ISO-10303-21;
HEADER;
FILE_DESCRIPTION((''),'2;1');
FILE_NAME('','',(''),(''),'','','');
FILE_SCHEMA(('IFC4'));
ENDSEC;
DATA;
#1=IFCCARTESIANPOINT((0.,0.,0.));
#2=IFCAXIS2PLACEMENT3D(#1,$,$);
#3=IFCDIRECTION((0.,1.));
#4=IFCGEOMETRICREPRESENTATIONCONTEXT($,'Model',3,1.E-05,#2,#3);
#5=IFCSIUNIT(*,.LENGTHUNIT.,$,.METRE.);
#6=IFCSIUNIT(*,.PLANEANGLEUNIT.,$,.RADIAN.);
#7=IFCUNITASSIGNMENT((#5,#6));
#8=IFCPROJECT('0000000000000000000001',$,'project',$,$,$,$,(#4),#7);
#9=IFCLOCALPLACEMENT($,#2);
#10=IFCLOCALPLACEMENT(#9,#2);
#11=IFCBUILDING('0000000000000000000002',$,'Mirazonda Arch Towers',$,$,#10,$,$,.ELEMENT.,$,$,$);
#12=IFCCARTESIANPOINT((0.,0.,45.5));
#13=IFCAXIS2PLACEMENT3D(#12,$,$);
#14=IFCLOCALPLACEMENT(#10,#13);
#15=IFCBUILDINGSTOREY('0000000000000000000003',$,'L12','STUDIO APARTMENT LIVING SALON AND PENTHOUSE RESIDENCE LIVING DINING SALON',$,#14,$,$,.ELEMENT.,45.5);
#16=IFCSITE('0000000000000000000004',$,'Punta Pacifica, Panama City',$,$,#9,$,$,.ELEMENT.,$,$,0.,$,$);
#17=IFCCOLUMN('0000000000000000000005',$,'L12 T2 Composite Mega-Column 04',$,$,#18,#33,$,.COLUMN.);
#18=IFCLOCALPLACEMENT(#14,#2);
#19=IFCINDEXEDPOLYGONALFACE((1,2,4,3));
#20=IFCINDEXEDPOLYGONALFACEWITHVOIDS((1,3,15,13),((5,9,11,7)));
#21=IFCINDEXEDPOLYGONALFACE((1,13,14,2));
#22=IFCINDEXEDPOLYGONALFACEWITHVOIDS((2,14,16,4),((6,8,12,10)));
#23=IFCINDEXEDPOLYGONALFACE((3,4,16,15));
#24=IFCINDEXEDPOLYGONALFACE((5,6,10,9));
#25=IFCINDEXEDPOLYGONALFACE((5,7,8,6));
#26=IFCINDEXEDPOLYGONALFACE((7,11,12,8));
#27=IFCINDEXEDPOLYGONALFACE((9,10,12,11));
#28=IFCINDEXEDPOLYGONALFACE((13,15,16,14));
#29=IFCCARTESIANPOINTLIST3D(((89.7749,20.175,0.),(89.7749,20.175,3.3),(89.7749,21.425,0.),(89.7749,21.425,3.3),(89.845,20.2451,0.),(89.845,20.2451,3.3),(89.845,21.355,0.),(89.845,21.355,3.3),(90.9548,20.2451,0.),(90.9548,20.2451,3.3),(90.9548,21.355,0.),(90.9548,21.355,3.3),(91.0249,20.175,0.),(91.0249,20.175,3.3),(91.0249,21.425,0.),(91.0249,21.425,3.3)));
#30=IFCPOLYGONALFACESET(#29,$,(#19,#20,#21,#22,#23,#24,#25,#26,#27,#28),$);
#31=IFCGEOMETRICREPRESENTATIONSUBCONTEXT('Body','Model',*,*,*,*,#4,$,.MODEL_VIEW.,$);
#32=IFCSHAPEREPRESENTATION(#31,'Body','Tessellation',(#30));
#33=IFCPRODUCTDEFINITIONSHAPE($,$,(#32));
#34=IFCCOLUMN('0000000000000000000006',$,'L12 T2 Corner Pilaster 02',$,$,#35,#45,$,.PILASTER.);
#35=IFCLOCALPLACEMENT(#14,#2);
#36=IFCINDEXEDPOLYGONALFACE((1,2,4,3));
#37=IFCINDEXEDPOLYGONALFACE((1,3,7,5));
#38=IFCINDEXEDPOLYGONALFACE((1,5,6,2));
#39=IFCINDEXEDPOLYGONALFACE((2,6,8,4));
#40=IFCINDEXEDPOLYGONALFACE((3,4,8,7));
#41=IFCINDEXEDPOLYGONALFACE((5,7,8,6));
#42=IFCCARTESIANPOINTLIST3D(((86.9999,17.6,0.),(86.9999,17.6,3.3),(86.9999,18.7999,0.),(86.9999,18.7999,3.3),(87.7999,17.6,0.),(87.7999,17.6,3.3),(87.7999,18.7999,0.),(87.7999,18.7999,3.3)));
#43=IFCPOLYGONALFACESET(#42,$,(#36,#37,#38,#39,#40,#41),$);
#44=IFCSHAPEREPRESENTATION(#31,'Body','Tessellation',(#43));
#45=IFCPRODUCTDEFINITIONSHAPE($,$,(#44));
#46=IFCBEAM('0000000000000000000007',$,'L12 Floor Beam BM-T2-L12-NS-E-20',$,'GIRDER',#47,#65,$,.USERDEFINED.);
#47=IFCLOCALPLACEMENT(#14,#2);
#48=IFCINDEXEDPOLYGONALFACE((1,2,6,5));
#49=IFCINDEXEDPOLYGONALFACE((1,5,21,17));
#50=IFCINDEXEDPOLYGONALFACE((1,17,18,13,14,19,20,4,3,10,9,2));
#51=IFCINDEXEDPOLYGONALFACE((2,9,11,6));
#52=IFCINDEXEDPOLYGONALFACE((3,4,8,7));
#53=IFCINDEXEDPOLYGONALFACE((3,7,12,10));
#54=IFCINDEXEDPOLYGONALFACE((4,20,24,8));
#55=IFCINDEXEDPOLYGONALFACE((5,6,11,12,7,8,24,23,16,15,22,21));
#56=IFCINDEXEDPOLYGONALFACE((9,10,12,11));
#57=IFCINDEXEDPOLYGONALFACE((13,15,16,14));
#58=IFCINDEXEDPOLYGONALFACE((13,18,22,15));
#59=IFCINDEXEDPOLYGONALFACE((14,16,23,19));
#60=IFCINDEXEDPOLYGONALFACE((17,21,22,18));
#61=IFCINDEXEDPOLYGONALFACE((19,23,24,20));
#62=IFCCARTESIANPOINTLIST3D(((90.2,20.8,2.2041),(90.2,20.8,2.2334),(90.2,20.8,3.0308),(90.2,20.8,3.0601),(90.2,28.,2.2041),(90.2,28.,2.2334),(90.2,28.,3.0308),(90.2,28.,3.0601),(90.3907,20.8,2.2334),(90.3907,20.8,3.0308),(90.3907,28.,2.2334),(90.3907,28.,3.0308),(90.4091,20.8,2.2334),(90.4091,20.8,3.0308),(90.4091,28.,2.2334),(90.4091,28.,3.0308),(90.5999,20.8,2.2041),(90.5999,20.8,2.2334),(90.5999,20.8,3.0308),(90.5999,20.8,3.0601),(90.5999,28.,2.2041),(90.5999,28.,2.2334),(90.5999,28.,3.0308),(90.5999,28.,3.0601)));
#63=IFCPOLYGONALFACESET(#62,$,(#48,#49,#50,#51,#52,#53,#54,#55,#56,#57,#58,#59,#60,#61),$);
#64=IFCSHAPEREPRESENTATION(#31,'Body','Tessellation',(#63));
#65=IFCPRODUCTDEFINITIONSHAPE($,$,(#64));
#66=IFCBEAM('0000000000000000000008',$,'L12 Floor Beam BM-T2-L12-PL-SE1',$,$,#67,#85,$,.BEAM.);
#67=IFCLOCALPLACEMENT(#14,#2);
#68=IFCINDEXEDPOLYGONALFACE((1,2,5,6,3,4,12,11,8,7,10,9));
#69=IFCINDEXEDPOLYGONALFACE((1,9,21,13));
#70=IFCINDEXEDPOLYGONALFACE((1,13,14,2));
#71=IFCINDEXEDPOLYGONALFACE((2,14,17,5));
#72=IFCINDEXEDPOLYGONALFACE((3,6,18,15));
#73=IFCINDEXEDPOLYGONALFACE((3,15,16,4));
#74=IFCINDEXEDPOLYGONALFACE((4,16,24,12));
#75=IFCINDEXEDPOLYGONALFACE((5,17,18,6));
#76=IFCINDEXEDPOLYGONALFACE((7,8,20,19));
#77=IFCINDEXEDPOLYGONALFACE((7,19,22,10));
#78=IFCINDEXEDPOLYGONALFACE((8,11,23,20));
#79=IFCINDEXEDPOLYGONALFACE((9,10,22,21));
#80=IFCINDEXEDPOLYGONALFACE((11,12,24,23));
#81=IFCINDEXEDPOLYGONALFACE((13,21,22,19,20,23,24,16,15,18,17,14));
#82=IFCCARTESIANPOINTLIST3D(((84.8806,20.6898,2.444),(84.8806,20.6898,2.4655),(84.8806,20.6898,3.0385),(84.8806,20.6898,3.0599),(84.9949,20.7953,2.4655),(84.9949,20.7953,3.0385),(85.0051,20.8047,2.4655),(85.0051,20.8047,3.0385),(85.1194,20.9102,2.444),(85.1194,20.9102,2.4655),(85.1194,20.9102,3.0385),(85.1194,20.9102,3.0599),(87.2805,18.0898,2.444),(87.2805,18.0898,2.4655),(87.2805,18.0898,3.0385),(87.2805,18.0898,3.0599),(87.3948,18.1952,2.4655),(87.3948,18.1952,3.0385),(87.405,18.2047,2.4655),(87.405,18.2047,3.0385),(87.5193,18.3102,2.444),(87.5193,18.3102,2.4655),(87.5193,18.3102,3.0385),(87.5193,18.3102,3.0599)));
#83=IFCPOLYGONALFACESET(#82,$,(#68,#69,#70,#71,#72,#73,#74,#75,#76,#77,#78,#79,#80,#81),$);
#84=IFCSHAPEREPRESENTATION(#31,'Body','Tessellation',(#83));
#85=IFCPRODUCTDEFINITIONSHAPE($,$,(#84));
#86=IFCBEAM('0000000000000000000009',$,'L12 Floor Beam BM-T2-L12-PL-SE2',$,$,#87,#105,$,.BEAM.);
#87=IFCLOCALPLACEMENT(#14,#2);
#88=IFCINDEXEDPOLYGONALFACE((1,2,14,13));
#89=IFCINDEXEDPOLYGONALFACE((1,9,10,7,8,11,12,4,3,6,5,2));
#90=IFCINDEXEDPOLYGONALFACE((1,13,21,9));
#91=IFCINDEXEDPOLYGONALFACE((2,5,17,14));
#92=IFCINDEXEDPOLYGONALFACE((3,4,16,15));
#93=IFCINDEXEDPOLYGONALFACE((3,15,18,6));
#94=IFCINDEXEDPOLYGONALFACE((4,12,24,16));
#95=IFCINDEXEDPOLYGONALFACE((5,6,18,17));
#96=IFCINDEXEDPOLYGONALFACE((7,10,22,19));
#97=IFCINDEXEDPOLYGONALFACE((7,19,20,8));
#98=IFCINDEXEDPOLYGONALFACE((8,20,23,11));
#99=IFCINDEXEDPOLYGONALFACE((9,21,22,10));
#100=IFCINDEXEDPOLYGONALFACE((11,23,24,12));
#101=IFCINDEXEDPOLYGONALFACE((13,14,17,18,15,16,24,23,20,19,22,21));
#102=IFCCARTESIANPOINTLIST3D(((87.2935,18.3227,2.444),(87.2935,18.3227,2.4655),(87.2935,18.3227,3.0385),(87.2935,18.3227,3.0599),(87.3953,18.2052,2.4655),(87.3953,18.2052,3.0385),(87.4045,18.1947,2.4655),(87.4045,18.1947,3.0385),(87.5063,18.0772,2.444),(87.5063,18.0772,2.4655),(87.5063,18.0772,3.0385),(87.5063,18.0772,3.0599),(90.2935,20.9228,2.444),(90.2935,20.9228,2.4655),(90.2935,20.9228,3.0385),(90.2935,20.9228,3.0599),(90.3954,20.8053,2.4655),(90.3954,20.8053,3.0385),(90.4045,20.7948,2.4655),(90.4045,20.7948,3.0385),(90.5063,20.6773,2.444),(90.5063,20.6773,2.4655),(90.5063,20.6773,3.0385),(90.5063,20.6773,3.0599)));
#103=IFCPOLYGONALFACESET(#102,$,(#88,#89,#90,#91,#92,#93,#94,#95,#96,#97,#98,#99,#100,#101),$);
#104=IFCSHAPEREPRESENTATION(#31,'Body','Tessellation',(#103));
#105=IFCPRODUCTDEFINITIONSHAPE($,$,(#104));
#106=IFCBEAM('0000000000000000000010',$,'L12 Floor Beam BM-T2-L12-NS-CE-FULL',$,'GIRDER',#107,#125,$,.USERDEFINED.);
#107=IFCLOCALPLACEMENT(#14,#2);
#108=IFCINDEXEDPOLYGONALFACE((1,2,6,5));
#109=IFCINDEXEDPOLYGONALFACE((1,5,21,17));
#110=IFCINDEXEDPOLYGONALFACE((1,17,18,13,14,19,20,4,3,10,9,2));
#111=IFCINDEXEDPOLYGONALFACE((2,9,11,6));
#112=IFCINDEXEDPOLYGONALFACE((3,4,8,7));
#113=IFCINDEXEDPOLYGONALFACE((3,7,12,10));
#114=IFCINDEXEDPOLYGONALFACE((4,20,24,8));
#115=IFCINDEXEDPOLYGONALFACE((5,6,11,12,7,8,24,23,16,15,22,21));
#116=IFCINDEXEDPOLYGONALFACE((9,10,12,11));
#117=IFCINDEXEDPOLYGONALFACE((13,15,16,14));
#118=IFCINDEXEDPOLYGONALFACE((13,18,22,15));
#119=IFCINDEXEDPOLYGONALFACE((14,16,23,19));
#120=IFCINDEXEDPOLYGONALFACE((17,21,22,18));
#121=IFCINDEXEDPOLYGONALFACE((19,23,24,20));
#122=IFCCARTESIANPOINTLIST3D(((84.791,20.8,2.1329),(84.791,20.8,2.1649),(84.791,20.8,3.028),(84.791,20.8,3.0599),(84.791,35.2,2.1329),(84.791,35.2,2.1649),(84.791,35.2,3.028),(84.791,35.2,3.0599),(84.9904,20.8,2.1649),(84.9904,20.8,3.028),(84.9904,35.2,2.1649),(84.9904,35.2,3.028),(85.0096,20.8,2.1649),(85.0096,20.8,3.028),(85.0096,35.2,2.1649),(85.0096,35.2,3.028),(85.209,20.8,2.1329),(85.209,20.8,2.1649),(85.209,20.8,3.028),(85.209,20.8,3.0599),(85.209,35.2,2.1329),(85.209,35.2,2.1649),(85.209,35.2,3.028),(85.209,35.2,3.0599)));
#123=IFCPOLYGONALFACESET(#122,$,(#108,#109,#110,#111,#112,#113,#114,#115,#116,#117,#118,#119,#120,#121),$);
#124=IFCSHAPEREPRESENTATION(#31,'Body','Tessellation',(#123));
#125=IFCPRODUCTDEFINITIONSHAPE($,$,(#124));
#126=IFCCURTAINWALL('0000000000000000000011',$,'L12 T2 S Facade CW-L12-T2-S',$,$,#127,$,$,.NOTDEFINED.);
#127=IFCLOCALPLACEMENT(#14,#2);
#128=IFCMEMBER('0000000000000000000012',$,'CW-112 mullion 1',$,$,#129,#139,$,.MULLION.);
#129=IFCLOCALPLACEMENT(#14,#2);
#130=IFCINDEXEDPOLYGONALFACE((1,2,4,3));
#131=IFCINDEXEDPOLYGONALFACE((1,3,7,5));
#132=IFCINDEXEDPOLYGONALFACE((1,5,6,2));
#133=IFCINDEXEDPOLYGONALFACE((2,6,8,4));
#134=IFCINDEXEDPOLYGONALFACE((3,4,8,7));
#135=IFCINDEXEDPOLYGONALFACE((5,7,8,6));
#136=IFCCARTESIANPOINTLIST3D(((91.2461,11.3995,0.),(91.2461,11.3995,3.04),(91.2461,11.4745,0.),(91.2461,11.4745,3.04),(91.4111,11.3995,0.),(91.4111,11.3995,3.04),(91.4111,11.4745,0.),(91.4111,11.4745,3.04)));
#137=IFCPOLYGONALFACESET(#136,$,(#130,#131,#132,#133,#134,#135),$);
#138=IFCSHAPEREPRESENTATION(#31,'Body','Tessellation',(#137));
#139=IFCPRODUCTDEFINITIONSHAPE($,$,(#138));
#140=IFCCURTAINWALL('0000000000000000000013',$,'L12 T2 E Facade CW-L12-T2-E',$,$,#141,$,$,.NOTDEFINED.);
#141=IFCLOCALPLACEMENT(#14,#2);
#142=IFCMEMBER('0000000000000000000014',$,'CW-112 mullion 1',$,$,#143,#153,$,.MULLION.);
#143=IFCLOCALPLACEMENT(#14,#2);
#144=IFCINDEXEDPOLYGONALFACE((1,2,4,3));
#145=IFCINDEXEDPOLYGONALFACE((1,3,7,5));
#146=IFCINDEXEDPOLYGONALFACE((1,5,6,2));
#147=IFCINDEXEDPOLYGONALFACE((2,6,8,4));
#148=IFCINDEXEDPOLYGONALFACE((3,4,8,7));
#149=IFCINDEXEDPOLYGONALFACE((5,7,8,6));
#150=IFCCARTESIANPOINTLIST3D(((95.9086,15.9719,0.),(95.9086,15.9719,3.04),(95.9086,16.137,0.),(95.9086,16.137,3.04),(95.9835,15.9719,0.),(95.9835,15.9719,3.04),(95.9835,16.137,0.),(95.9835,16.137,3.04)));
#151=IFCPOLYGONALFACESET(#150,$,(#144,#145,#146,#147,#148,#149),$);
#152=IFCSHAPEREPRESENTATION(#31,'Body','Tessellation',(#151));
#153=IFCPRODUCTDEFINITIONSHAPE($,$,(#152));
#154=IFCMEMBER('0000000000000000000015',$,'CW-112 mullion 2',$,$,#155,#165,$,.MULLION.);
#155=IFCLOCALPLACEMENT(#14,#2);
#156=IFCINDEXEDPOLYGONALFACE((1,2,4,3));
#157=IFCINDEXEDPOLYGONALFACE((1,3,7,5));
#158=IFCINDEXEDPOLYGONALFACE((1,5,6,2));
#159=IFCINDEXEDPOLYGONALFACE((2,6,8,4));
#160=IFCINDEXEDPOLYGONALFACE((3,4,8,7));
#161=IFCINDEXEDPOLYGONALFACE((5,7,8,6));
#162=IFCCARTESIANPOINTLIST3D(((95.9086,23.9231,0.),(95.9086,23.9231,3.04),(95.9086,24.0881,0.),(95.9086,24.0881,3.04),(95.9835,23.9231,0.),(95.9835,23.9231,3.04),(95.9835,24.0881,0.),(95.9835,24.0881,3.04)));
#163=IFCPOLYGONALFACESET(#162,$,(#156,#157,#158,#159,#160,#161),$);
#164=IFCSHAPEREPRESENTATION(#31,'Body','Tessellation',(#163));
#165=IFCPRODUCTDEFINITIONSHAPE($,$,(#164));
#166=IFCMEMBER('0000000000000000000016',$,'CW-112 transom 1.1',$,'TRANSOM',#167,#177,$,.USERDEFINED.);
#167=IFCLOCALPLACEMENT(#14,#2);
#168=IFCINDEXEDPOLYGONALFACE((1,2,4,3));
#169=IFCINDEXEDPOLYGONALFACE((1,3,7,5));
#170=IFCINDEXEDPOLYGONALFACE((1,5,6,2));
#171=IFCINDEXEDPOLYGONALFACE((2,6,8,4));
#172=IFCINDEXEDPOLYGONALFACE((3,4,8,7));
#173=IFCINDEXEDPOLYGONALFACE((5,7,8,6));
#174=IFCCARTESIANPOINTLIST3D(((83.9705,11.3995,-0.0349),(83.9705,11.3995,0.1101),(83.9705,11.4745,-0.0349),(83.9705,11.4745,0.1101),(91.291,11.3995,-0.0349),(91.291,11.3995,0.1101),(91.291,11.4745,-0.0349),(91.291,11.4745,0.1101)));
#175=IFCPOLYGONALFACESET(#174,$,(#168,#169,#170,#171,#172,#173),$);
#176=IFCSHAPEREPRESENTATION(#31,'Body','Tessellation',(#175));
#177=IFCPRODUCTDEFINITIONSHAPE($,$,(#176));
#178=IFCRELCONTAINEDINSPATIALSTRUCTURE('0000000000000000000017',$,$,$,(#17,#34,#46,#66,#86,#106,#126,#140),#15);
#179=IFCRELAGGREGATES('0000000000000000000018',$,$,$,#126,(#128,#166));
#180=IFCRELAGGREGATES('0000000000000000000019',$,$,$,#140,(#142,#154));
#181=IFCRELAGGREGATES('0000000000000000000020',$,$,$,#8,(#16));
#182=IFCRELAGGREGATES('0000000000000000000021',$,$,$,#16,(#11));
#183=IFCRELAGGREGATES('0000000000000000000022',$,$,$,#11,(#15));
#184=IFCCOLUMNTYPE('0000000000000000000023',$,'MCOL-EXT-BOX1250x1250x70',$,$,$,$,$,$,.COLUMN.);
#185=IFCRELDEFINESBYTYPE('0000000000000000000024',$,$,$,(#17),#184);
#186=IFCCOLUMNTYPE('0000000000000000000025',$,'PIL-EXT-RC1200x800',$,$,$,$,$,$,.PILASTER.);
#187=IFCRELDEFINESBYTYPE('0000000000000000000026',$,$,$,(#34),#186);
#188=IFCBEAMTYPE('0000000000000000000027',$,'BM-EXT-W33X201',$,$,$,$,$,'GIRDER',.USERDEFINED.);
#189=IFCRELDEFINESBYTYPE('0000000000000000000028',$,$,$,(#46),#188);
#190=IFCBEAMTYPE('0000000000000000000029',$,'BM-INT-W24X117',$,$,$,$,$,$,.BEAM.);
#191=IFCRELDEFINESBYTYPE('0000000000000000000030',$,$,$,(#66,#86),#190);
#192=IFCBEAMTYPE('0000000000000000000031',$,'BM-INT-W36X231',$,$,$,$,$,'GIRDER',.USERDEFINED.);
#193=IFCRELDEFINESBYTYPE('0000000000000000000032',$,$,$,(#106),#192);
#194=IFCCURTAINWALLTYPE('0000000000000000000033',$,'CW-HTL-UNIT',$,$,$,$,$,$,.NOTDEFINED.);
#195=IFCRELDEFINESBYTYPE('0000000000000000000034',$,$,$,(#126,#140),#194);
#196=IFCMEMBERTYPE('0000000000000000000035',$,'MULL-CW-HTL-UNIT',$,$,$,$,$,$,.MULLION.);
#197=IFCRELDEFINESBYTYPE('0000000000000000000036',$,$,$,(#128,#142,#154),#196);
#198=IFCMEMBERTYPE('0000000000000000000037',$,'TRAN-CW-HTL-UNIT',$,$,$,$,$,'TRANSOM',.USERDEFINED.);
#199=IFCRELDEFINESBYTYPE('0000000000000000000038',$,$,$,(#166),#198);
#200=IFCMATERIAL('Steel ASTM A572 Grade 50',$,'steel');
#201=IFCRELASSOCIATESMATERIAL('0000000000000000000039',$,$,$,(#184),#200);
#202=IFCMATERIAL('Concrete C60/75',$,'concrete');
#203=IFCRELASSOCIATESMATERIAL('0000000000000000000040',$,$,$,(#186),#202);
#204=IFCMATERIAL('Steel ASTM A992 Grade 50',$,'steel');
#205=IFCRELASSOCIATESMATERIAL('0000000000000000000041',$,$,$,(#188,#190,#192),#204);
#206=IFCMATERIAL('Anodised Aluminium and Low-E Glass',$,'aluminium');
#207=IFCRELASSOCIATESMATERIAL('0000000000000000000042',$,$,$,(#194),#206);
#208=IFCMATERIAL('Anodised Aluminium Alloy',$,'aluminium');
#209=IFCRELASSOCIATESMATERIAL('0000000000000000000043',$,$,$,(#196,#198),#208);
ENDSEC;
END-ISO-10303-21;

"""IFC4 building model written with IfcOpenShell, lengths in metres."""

from ifc_helpers import new_model, si_unit, direction, frame, origin, origin_2d, place, context, subcontext, project, spatial, rectangle, hollow_rectangle, i_section, extrude, material, material_profile, profile_set, type_object, element, aggregate, save


model = new_model("IFC4")

# Units and contexts
model_context = context("Model", 3, precision=1e-05, world=origin(), true_north=direction((0.0, 1.0)))
body_context = subcontext(model_context, "Body", "Model", "MODEL_VIEW")
ifc_project = project(units=[si_unit("LENGTHUNIT", "METRE"), si_unit("PLANEANGLEUNIT", "RADIAN")], contexts=[model_context])

# Site, building, storey
site_placement = place(None, origin())
site = spatial("IfcSite", under=ifc_project, at=site_placement, Name="Punta Pacifica, Panama City", CompositionType="ELEMENT", RefElevation=0.0)
building_placement = place(site_placement, origin())
building = spatial("IfcBuilding", under=site, at=building_placement, Name="Mirazonda Arch Towers", CompositionType="ELEMENT")
storey_placement = place(building_placement, frame((0.0, 0.0, 45.5)))
storey = spatial("IfcBuildingStorey", under=building, at=storey_placement, Name="L12", Description="STUDIO APARTMENT LIVING SALON AND PENTHOUSE RESIDENCE LIVING DINING SALON", CompositionType="ELEMENT", Elevation=45.5)

# Columns
ifc_material_1 = material(Name="Steel ASTM A572 Grade 50", Category="steel")
ifc_material_profile_1 = material_profile(ifc_material_1, hollow_rectangle(XDim=1.25, YDim=1.25, WallThickness=0.0701, at=origin_2d()), Name="BOX1250x1250x70")
ifc_profile_set_1 = profile_set([ifc_material_profile_1], Name="Steel ASTM A572 Grade 50")
column_type_1 = type_object("IfcColumnType", Name="MCOL-EXT-BOX1250x1250x70", PredefinedType="COLUMN", material=ifc_profile_set_1)
column_1_placement = place(storey_placement, frame((90.3999, 20.8, 0.0), z_axis=(0.0, 0.0, 1.0), x_axis=(1.0, 0.0, 0.0)))
element("IfcColumn", 1, at=column_1_placement, inside=storey, type_object=column_type_1, Name="L12 T2 Composite Mega-Column 04", PredefinedType="COLUMN", context=body_context, shape_type="SweptSolid", body=[
    extrude(hollow_rectangle(XDim=1.25, YDim=1.25, WallThickness=0.0701, at=origin_2d()), origin(), (0.0, 0.0, 1.0), 3.3),
])
ifc_material_2 = material(Name="Concrete C60/75", Category="concrete")
ifc_material_profile_2 = material_profile(ifc_material_2, rectangle(XDim=0.8, YDim=1.2, at=origin_2d()), Name="RC1200x800")
ifc_profile_set_2 = profile_set([ifc_material_profile_2], Name="Concrete C60/75")
column_type_2 = type_object("IfcColumnType", Name="PIL-EXT-RC1200x800", PredefinedType="PILASTER", material=ifc_profile_set_2)
column_2_placement = place(storey_placement, frame((87.3999, 18.2, 0.0), z_axis=(0.0, 0.0, 1.0), x_axis=(1.0, 0.0, 0.0)))
element("IfcColumn", 2, at=column_2_placement, inside=storey, type_object=column_type_2, Name="L12 T2 Corner Pilaster 02", PredefinedType="PILASTER", context=body_context, shape_type="SweptSolid", body=[
    extrude(rectangle(XDim=0.8, YDim=1.2, at=origin_2d()), origin(), (0.0, 0.0, 1.0), 3.3),
])

# Beams
ifc_material_3 = material(Name="Steel ASTM A992 Grade 50", Category="steel")
ifc_material_profile_3 = material_profile(ifc_material_3, i_section(OverallWidth=0.3999, OverallDepth=0.856, WebThickness=0.0183, FlangeThickness=0.0293, at=origin_2d()), Name="W33X201")
ifc_profile_set_3 = profile_set([ifc_material_profile_3], Name="Steel ASTM A992 Grade 50")
beam_type_1 = type_object("IfcBeamType", Name="BM-EXT-W33X201", ElementType="GIRDER", PredefinedType="USERDEFINED", material=ifc_profile_set_3)
beam_1_placement = place(storey_placement, frame((90.3999, 20.8, 2.6321), z_axis=(0.0, 1.0, 0.0), x_axis=(-1.0, 0.0, 0.0)))
element("IfcBeam", 3, at=beam_1_placement, inside=storey, type_object=beam_type_1, Name="L12 Floor Beam BM-T2-L12-NS-E-20", ObjectType="GIRDER", PredefinedType="USERDEFINED", context=body_context, shape_type="SweptSolid", body=[
    extrude(i_section(OverallWidth=0.3999, OverallDepth=0.856, WebThickness=0.0183, FlangeThickness=0.0293, at=origin_2d()), origin(), (0.0, 0.0, 1.0), 7.2),
])
ifc_material_profile_4 = material_profile(ifc_material_3, i_section(OverallWidth=0.325, OverallDepth=0.616, WebThickness=0.0139, FlangeThickness=0.0215, at=origin_2d()), Name="W24X117")
ifc_profile_set_4 = profile_set([ifc_material_profile_4], Name="Steel ASTM A992 Grade 50")
beam_type_2 = type_object("IfcBeamType", Name="BM-INT-W24X117", PredefinedType="BEAM", material=ifc_profile_set_4)
beam_2_placement = place(storey_placement, frame((87.3999, 18.2, 2.752), z_axis=(-0.678251, 0.73483, 0.0), x_axis=(-0.73483, -0.678251, 0.0)))
element("IfcBeam", 4, at=beam_2_placement, inside=storey, type_object=beam_type_2, Name="L12 Floor Beam BM-T2-L12-PL-SE1", PredefinedType="BEAM", context=body_context, shape_type="SweptSolid", body=[
    extrude(i_section(OverallWidth=0.325, OverallDepth=0.616, WebThickness=0.0139, FlangeThickness=0.0215, at=origin_2d()), origin(), (0.0, 0.0, 1.0), 3.5383),
])
beam_3_placement = place(storey_placement, frame((87.3999, 18.2, 2.752), z_axis=(0.755677, 0.654945, 0.0), x_axis=(-0.654945, 0.755677, 0.0)))
element("IfcBeam", 5, at=beam_3_placement, inside=storey, type_object=beam_type_2, Name="L12 Floor Beam BM-T2-L12-PL-SE2", PredefinedType="BEAM", context=body_context, shape_type="SweptSolid", body=[
    extrude(i_section(OverallWidth=0.325, OverallDepth=0.616, WebThickness=0.0139, FlangeThickness=0.0215, at=origin_2d()), origin(), (0.0, 0.0, 1.0), 3.97),
])
ifc_material_profile_5 = material_profile(ifc_material_3, i_section(OverallWidth=0.418, OverallDepth=0.927, WebThickness=0.0193, FlangeThickness=0.032, at=origin_2d()), Name="W36X231")
ifc_profile_set_5 = profile_set([ifc_material_profile_5], Name="Steel ASTM A992 Grade 50")
beam_type_3 = type_object("IfcBeamType", Name="BM-INT-W36X231", ElementType="GIRDER", PredefinedType="USERDEFINED", material=ifc_profile_set_5)
beam_4_placement = place(storey_placement, frame((85.0, 20.8, 2.5964), z_axis=(0.0, 1.0, 0.0), x_axis=(-1.0, 0.0, 0.0)))
element("IfcBeam", 6, at=beam_4_placement, inside=storey, type_object=beam_type_3, Name="L12 Floor Beam BM-T2-L12-NS-CE-FULL", ObjectType="GIRDER", PredefinedType="USERDEFINED", context=body_context, shape_type="SweptSolid", body=[
    extrude(i_section(OverallWidth=0.418, OverallDepth=0.927, WebThickness=0.0193, FlangeThickness=0.032, at=origin_2d()), origin(), (0.0, 0.0, 1.0), 14.3999),
])

# Curtain wall, member
ifc_material_4 = material(Name="Anodised Aluminium and Low-E Glass", Category="aluminium")
curtain_wall_type = type_object("IfcCurtainWallType", Name="CW-HTL-UNIT", PredefinedType="NOTDEFINED", material=ifc_material_4)
curtain_wall_1_placement = place(storey_placement, origin())
curtain_wall_1 = element("IfcCurtainWall", 7, at=curtain_wall_1_placement, inside=storey, type_object=curtain_wall_type, Name="L12 T2 S Facade CW-L12-T2-S", PredefinedType="NOTDEFINED")
ifc_material_5 = material(Name="Anodised Aluminium Alloy", Category="aluminium")
ifc_material_profile_6 = material_profile(ifc_material_5, rectangle(XDim=0.075, YDim=0.165, at=origin_2d()), Name="ALU-MULL-75x165")
ifc_profile_set_6 = profile_set([ifc_material_profile_6], Name="Anodised Aluminium Alloy")
member_type_1 = type_object("IfcMemberType", Name="MULL-CW-HTL-UNIT", PredefinedType="MULLION", material=ifc_profile_set_6)
member_1_placement = place(storey_placement, frame((91.3286, 11.437, 0.0), z_axis=(0.0, 0.0, 1.0), x_axis=(0.0, -1.0, 0.0)))
member_1 = element("IfcMember", 8, at=member_1_placement, type_object=member_type_1, Name="CW-112 mullion 1", PredefinedType="MULLION", context=body_context, shape_type="SweptSolid", body=[
    extrude(rectangle(XDim=0.075, YDim=0.165, at=origin_2d()), origin(), (0.0, 0.0, 1.0), 3.04),
])

# Curtain wall, members
curtain_wall_2_placement = place(storey_placement, origin())
curtain_wall_2 = element("IfcCurtainWall", 9, at=curtain_wall_2_placement, inside=storey, type_object=curtain_wall_type, Name="L12 T2 E Facade CW-L12-T2-E", PredefinedType="NOTDEFINED")
member_2_placement = place(storey_placement, frame((95.946, 16.0544, 0.0), z_axis=(0.0, 0.0, 1.0), x_axis=(-1.0, 0.0, 0.0)))
member_2 = element("IfcMember", 10, at=member_2_placement, type_object=member_type_1, Name="CW-112 mullion 1", PredefinedType="MULLION", context=body_context, shape_type="SweptSolid", body=[
    extrude(rectangle(XDim=0.075, YDim=0.165, at=origin_2d()), origin(), (0.0, 0.0, 1.0), 3.04),
])
member_3_placement = place(storey_placement, frame((95.946, 24.0056, 0.0), z_axis=(0.0, 0.0, 1.0), x_axis=(-1.0, 0.0, 0.0)))
member_3 = element("IfcMember", 11, at=member_3_placement, type_object=member_type_1, Name="CW-112 mullion 2", PredefinedType="MULLION", context=body_context, shape_type="SweptSolid", body=[
    extrude(rectangle(XDim=0.075, YDim=0.165, at=origin_2d()), origin(), (0.0, 0.0, 1.0), 3.04),
])

# Member
ifc_material_profile_7 = material_profile(ifc_material_5, rectangle(XDim=0.075, YDim=0.145, at=origin_2d()), Name="ALU-TRAN-75x145")
ifc_profile_set_7 = profile_set([ifc_material_profile_7], Name="Anodised Aluminium Alloy")
member_type_2 = type_object("IfcMemberType", Name="TRAN-CW-HTL-UNIT", ElementType="TRANSOM", PredefinedType="USERDEFINED", material=ifc_profile_set_7)
member_4_placement = place(storey_placement, frame((91.291, 11.437, 0.0376), z_axis=(-1.0, 0.0, 0.0), x_axis=(0.0, -1.0, 0.0)))
member_4 = element("IfcMember", 12, at=member_4_placement, type_object=member_type_2, Name="CW-112 transom 1.1", ObjectType="TRANSOM", PredefinedType="USERDEFINED", context=body_context, shape_type="SweptSolid", body=[
    extrude(rectangle(XDim=0.075, YDim=0.145, at=origin_2d()), origin(), (0.0, 0.0, 1.0), 7.3206),
])

aggregate(curtain_wall_1, [member_1, member_4])
aggregate(curtain_wall_2, [member_2, member_3])

save(model, "model.ifc")
